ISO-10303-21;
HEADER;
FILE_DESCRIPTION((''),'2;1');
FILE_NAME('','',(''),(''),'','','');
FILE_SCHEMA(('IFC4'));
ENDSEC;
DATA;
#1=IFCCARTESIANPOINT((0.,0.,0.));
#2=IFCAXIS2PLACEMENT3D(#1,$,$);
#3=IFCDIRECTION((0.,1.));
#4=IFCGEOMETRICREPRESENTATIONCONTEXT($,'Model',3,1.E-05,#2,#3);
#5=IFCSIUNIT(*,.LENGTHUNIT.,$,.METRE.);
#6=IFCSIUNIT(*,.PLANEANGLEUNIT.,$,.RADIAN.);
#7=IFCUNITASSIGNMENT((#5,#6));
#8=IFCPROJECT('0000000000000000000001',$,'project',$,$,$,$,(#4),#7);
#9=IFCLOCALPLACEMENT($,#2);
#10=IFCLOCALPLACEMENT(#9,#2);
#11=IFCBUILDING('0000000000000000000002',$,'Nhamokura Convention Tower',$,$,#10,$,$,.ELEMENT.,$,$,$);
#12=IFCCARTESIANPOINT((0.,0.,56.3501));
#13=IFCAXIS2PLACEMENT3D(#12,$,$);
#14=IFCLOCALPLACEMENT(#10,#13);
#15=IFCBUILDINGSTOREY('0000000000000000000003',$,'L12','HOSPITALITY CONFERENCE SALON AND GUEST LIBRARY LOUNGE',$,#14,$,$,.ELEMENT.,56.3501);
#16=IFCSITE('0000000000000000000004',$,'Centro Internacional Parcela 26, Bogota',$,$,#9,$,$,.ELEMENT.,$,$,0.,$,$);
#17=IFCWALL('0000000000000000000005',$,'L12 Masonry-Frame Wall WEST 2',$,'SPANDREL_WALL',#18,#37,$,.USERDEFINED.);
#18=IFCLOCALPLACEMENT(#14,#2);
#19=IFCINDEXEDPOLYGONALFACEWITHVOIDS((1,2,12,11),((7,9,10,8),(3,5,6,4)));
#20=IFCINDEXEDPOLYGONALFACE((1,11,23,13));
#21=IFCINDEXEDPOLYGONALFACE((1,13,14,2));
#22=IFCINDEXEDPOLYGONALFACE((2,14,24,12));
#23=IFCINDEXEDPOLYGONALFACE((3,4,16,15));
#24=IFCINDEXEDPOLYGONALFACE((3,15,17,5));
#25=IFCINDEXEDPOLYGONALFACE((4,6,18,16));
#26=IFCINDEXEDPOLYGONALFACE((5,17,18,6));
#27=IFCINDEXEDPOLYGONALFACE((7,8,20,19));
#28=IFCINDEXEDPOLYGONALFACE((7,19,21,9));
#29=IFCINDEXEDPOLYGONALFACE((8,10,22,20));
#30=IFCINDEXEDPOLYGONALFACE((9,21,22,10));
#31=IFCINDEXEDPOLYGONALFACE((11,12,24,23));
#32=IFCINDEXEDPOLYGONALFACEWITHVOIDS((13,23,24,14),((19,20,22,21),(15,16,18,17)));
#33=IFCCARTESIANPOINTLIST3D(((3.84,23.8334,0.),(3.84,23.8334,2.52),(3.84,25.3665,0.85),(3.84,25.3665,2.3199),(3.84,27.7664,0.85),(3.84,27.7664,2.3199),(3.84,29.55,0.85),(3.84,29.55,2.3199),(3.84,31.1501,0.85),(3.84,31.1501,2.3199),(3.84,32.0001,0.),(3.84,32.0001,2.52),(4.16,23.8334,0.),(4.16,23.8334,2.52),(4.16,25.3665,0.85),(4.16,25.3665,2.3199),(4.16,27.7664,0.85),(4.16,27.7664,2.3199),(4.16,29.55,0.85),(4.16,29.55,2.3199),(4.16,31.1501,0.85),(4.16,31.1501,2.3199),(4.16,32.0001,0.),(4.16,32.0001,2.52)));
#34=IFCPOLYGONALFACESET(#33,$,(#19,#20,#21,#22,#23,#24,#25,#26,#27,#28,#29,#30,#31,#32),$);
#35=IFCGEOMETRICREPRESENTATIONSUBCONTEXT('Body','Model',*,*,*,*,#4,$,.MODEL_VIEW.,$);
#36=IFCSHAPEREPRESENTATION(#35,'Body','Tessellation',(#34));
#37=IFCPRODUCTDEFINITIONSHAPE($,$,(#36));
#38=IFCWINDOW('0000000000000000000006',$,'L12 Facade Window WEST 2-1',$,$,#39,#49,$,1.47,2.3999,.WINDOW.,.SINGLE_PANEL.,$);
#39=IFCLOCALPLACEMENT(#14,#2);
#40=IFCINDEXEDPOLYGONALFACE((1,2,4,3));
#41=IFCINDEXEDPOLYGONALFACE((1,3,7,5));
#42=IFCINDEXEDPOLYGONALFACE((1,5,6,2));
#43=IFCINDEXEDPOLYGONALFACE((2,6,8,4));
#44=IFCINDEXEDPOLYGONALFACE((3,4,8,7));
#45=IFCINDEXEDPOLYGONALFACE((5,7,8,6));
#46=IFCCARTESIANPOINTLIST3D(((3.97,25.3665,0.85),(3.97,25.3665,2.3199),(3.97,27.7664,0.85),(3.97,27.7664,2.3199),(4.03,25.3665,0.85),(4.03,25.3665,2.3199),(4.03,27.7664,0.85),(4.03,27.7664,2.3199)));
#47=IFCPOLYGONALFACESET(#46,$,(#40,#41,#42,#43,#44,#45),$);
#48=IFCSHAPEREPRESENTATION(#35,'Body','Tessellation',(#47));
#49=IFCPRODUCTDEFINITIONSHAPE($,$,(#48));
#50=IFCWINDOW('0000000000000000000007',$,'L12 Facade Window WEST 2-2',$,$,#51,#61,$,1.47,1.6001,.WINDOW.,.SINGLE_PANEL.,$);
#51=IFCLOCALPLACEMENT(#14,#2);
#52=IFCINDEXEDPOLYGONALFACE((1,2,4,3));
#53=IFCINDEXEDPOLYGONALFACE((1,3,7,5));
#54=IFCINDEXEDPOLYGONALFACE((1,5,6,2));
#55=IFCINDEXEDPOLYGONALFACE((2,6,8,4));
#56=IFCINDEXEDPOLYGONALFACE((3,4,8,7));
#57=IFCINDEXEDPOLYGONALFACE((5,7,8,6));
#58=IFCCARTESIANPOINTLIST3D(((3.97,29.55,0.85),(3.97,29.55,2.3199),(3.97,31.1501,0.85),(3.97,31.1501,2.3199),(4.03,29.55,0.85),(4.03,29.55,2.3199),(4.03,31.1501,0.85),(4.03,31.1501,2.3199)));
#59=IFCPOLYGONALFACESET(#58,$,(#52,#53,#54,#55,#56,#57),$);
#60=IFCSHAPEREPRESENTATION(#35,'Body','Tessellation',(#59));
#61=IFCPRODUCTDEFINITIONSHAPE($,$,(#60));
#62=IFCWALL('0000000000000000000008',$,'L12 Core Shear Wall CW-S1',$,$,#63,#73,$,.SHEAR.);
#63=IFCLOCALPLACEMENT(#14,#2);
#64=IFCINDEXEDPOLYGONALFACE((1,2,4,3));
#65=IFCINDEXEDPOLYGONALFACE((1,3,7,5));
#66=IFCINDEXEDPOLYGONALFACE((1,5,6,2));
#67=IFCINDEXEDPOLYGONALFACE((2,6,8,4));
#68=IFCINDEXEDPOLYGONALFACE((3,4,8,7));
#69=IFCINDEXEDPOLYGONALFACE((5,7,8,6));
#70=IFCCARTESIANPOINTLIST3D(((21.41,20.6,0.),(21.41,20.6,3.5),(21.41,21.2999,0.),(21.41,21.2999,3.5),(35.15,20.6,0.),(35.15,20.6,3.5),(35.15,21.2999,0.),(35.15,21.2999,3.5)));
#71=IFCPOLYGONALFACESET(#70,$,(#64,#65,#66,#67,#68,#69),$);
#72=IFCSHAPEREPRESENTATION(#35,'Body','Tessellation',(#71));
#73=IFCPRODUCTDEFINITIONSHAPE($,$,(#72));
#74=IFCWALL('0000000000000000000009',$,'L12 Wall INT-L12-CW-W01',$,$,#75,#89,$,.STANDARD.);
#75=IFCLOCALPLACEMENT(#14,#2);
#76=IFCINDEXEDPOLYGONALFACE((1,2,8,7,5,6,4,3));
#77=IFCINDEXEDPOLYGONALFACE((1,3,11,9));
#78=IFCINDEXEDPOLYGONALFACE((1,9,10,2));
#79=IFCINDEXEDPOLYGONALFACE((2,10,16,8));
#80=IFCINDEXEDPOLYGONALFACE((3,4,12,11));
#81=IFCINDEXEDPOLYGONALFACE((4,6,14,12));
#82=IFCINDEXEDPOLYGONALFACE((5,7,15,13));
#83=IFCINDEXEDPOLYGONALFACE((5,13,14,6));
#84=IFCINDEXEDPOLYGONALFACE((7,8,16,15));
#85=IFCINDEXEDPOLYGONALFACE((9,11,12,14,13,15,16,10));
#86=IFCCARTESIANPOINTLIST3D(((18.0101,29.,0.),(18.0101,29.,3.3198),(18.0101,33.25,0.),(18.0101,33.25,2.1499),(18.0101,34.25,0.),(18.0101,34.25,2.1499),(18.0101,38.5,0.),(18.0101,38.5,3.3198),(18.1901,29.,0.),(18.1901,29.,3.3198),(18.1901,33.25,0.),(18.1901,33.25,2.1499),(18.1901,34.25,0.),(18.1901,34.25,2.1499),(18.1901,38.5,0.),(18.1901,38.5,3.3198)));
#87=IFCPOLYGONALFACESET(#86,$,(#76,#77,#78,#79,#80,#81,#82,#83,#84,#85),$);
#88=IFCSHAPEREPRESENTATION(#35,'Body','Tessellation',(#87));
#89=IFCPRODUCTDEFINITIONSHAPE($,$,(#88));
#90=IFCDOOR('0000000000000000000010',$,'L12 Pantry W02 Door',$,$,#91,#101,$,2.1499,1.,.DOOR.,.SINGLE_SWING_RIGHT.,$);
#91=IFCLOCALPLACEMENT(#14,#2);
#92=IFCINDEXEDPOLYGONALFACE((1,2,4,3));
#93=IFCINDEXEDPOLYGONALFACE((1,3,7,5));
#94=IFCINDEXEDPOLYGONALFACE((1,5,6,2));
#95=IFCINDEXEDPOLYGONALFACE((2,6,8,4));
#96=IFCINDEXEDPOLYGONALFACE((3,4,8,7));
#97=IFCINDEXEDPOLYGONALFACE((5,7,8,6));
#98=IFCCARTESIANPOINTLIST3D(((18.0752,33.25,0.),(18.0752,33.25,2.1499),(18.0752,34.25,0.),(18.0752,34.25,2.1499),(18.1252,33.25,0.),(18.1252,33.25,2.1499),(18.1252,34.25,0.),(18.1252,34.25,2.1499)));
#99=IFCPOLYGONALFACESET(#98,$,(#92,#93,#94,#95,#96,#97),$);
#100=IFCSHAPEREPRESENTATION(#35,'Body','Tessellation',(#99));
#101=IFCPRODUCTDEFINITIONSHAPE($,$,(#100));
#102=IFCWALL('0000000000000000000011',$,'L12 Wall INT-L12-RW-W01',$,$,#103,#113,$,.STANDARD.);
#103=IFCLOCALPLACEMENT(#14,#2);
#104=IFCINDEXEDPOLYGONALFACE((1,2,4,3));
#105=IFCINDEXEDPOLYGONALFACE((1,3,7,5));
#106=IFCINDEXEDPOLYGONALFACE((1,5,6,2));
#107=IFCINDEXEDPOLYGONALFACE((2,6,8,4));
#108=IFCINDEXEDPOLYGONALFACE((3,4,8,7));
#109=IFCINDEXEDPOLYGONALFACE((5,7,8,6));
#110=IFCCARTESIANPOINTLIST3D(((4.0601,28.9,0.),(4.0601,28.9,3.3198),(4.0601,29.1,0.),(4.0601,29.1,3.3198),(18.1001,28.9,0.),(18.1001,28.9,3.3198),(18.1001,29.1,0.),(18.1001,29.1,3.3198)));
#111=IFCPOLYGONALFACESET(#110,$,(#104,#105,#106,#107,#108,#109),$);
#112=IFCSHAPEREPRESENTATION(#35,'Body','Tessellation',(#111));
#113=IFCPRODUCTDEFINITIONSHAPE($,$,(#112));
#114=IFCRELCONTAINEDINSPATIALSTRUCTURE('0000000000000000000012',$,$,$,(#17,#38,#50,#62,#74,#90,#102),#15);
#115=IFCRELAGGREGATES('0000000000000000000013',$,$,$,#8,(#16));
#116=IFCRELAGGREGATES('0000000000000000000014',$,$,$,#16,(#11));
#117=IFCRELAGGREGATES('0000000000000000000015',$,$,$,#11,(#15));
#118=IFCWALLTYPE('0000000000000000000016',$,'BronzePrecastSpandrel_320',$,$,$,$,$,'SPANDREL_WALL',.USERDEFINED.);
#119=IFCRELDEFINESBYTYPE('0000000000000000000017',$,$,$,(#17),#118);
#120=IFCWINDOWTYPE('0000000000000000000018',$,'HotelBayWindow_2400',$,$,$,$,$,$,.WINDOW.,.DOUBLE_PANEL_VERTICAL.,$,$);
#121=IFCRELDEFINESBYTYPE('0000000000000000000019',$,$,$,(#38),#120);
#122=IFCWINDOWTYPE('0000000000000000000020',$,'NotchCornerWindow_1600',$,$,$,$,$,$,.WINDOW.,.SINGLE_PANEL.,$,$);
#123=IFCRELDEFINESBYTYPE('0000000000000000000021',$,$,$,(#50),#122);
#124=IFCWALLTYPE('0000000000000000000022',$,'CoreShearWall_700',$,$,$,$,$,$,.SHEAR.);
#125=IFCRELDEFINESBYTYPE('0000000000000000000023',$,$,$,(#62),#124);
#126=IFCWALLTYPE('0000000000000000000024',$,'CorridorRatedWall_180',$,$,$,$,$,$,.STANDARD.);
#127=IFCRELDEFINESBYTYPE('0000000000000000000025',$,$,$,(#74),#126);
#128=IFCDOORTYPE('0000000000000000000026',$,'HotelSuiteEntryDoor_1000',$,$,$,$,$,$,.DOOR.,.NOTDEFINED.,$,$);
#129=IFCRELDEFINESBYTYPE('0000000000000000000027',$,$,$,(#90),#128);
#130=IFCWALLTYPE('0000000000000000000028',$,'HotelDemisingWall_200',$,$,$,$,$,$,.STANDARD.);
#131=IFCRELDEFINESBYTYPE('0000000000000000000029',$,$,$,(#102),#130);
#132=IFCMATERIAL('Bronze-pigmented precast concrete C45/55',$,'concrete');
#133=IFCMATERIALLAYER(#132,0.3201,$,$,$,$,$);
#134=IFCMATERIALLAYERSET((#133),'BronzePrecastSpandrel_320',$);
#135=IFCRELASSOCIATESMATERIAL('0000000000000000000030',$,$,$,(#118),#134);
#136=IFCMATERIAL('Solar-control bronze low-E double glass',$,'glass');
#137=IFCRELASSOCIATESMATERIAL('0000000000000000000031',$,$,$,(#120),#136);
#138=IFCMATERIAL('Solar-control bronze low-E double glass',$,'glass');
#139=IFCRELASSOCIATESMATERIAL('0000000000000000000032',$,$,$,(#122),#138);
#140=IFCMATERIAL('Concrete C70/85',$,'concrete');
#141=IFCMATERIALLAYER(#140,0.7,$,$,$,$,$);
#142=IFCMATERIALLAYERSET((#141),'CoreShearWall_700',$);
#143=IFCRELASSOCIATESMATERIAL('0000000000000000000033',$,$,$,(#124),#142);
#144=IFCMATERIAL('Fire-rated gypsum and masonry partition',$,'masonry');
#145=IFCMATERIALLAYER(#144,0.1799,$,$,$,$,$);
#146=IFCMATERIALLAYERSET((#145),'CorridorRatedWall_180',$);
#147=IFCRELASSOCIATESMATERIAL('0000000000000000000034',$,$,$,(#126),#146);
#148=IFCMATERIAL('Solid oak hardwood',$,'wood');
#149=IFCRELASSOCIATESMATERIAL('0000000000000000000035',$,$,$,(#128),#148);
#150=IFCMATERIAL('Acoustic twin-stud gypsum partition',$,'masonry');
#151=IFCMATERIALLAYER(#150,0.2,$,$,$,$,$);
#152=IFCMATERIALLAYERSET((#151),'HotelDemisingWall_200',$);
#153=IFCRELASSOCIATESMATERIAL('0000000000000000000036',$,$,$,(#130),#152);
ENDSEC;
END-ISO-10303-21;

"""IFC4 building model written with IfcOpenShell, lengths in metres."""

from ifc_helpers import new_model, si_unit, direction, frame, frame_2d, origin, place, context, subcontext, project, spatial, rectangle, extrude, material, layer, layer_set, type_object, element, fill, save


model = new_model("IFC4")

# Units and contexts
model_context = context("Model", 3, precision=1e-05, world=origin(), true_north=direction((0.0, 1.0)))
body_context = subcontext(model_context, "Body", "Model", "MODEL_VIEW")
ifc_project = project(units=[si_unit("LENGTHUNIT", "METRE"), si_unit("PLANEANGLEUNIT", "RADIAN")], contexts=[model_context])

# Site, building, storey
site_placement = place(None, origin())
site = spatial("IfcSite", under=ifc_project, at=site_placement, Name="Centro Internacional Parcela 26, Bogota", CompositionType="ELEMENT", RefElevation=0.0)
building_placement = place(site_placement, origin())
building = spatial("IfcBuilding", under=site, at=building_placement, Name="Nhamokura Convention Tower", CompositionType="ELEMENT")
storey_placement = place(building_placement, frame((0.0, 0.0, 56.3501)))
storey = spatial("IfcBuildingStorey", under=building, at=storey_placement, Name="L12", Description="HOSPITALITY CONFERENCE SALON AND GUEST LIBRARY LOUNGE", CompositionType="ELEMENT", Elevation=56.3501)

# Wall, openings, windows
ifc_material_1 = material(Name="Bronze-pigmented precast concrete C45/55", Category="concrete")
ifc_layer_1 = layer(ifc_material_1, 0.3201)
ifc_layer_set_1 = layer_set([ifc_layer_1], Name="BronzePrecastSpandrel_320")
wall_type_1 = type_object("IfcWallType", Name="BronzePrecastSpandrel_320", ElementType="SPANDREL_WALL", PredefinedType="USERDEFINED", material=ifc_layer_set_1)
wall_1_placement = place(storey_placement, frame((4.0, 23.8333, 0.0), z_axis=(0.0, 0.0, 1.0), x_axis=(0.0, 1.0, 0.0)))
wall_1 = element("IfcWall", 1, at=wall_1_placement, inside=storey, type_object=wall_type_1, Name="L12 Masonry-Frame Wall WEST 2", ObjectType="SPANDREL_WALL", PredefinedType="USERDEFINED", context=body_context, shape_type="SweptSolid", body=[
    extrude(rectangle(XDim=8.1667, YDim=0.3201, at=frame_2d((4.0835, 0.0))), origin(), (0.0, 0.0, 1.0), 2.52),
])
opening_1_placement = place(wall_1_placement, frame((1.5332, 0.0, 0.8501)))
opening_1 = element("IfcOpeningElement", 2, at=opening_1_placement, cuts=wall_1, PredefinedType="OPENING", context=body_context, shape_type="SweptSolid", body=[
    extrude(rectangle(XDim=2.3999, YDim=1.47, at=frame_2d((1.2, 0.7349))), frame((0.0, 0.1699, 0.0), z_axis=(0.0, -1.0, 0.0), x_axis=(1.0, 0.0, 0.0)), (0.0, 0.0, 1.0), 0.3401),
])
opening_2_placement = place(wall_1_placement, frame((5.7168, 0.0, 0.8501)))
opening_2 = element("IfcOpeningElement", 3, at=opening_2_placement, cuts=wall_1, PredefinedType="OPENING", context=body_context, shape_type="SweptSolid", body=[
    extrude(rectangle(XDim=1.6001, YDim=1.47, at=frame_2d((0.8, 0.7349))), frame((0.0, 0.1699, 0.0), z_axis=(0.0, -1.0, 0.0), x_axis=(1.0, 0.0, 0.0)), (0.0, 0.0, 1.0), 0.3401),
])
ifc_material_2 = material(Name="Solar-control bronze low-E double glass", Category="glass")
window_type_1 = type_object("IfcWindowType", Name="HotelBayWindow_2400", PartitioningType="DOUBLE_PANEL_VERTICAL", PredefinedType="WINDOW", material=ifc_material_2)
window_1_placement = place(opening_1_placement, origin())
window_1 = element("IfcWindow", 4, at=window_1_placement, inside=storey, type_object=window_type_1, Name="L12 Facade Window WEST 2-1", OverallHeight=1.47, OverallWidth=2.3999, PartitioningType="SINGLE_PANEL", PredefinedType="WINDOW", context=body_context, shape_type="SweptSolid", body=[
    extrude(rectangle(XDim=2.3999, YDim=1.47, at=frame_2d((1.2, 0.7349))), frame((0.0, 0.03, 0.0), z_axis=(0.0, -1.0, 0.0), x_axis=(1.0, 0.0, 0.0)), (0.0, 0.0, 1.0), 0.0601),
])
fill(opening_1, window_1)
ifc_material_3 = material(Name="Solar-control bronze low-E double glass", Category="glass")
window_type_2 = type_object("IfcWindowType", Name="NotchCornerWindow_1600", PartitioningType="SINGLE_PANEL", PredefinedType="WINDOW", material=ifc_material_3)
window_2_placement = place(opening_2_placement, origin())
window_2 = element("IfcWindow", 5, at=window_2_placement, inside=storey, type_object=window_type_2, Name="L12 Facade Window WEST 2-2", OverallHeight=1.47, OverallWidth=1.6001, PartitioningType="SINGLE_PANEL", PredefinedType="WINDOW", context=body_context, shape_type="SweptSolid", body=[
    extrude(rectangle(XDim=1.6001, YDim=1.47, at=frame_2d((0.8, 0.7349))), frame((0.0, 0.03, 0.0), z_axis=(0.0, -1.0, 0.0), x_axis=(1.0, 0.0, 0.0)), (0.0, 0.0, 1.0), 0.0601),
])
fill(opening_2, window_2)

# Shared definitions
ifc_material_4 = material(Name="Concrete C70/85", Category="concrete")
ifc_layer_2 = layer(ifc_material_4, 0.7)
ifc_layer_set_2 = layer_set([ifc_layer_2], Name="CoreShearWall_700")
wall_type_2 = type_object("IfcWallType", Name="CoreShearWall_700", PredefinedType="SHEAR", material=ifc_layer_set_2)

# Wall
wall_2_placement = place(storey_placement, frame((21.4099, 20.95, 0.0), z_axis=(0.0, 0.0, 1.0), x_axis=(1.0, 0.0, 0.0)))
element("IfcWall", 6, at=wall_2_placement, inside=storey, type_object=wall_type_2, Name="L12 Core Shear Wall CW-S1", PredefinedType="SHEAR", context=body_context, shape_type="SweptSolid", body=[
    extrude(rectangle(XDim=13.74, YDim=0.7, at=frame_2d((6.8701, 0.0))), origin(), (0.0, 0.0, 1.0), 3.5),
])

# Wall, opening, door
ifc_material_5 = material(Name="Fire-rated gypsum and masonry partition", Category="masonry")
ifc_layer_3 = layer(ifc_material_5, 0.1799)
ifc_layer_set_3 = layer_set([ifc_layer_3], Name="CorridorRatedWall_180")
wall_type_3 = type_object("IfcWallType", Name="CorridorRatedWall_180", PredefinedType="STANDARD", material=ifc_layer_set_3)
wall_3_placement = place(storey_placement, frame((18.1001, 29.0, 0.0), z_axis=(0.0, 0.0, 1.0), x_axis=(0.0, 1.0, 0.0)))
wall_3 = element("IfcWall", 7, at=wall_3_placement, inside=storey, type_object=wall_type_3, Name="L12 Wall INT-L12-CW-W01", PredefinedType="STANDARD", context=body_context, shape_type="SweptSolid", body=[
    extrude(rectangle(XDim=9.5, YDim=0.1799, at=frame_2d((4.75, 0.0))), origin(), (0.0, 0.0, 1.0), 3.3198),
])
opening_3_placement = place(wall_3_placement, frame((4.25, 0.0, 0.0)))
opening_3 = element("IfcOpeningElement", 8, at=opening_3_placement, cuts=wall_3, PredefinedType="OPENING", context=body_context, shape_type="SweptSolid", body=[
    extrude(rectangle(XDim=1.0, YDim=2.1499, at=frame_2d((0.5, 1.075))), frame((0.0, 0.0999, 0.0), z_axis=(0.0, -1.0, 0.0), x_axis=(1.0, 0.0, 0.0)), (0.0, 0.0, 1.0), 0.2),
])
ifc_material_6 = material(Name="Solid oak hardwood", Category="wood")
door_type_1 = type_object("IfcDoorType", Name="HotelSuiteEntryDoor_1000", OperationType="NOTDEFINED", PredefinedType="DOOR", material=ifc_material_6)
door_1_placement = place(opening_3_placement, origin())
door_1 = element("IfcDoor", 9, at=door_1_placement, inside=storey, type_object=door_type_1, Name="L12 Pantry W02 Door", OperationType="SINGLE_SWING_RIGHT", OverallHeight=2.1499, OverallWidth=1.0, PredefinedType="DOOR", context=body_context, shape_type="SweptSolid", body=[
    extrude(rectangle(XDim=1.0, YDim=2.1499, at=frame_2d((0.5, 1.075))), frame((0.0, 0.0249, 0.0), z_axis=(0.0, -1.0, 0.0), x_axis=(1.0, 0.0, 0.0)), (0.0, 0.0, 1.0), 0.05),
])
fill(opening_3, door_1)

# Wall
ifc_material_7 = material(Name="Acoustic twin-stud gypsum partition", Category="masonry")
ifc_layer_4 = layer(ifc_material_7, 0.2)
ifc_layer_set_4 = layer_set([ifc_layer_4], Name="HotelDemisingWall_200")
wall_type_4 = type_object("IfcWallType", Name="HotelDemisingWall_200", PredefinedType="STANDARD", material=ifc_layer_set_4)
wall_4_placement = place(storey_placement, frame((4.0601, 29.0, 0.0), z_axis=(0.0, 0.0, 1.0), x_axis=(1.0, 0.0, 0.0)))
element("IfcWall", 10, at=wall_4_placement, inside=storey, type_object=wall_type_4, Name="L12 Wall INT-L12-RW-W01", PredefinedType="STANDARD", context=body_context, shape_type="SweptSolid", body=[
    extrude(rectangle(XDim=14.04, YDim=0.2, at=frame_2d((7.02, 0.0))), origin(), (0.0, 0.0, 1.0), 3.3198),
])

save(model, "model.ifc")
